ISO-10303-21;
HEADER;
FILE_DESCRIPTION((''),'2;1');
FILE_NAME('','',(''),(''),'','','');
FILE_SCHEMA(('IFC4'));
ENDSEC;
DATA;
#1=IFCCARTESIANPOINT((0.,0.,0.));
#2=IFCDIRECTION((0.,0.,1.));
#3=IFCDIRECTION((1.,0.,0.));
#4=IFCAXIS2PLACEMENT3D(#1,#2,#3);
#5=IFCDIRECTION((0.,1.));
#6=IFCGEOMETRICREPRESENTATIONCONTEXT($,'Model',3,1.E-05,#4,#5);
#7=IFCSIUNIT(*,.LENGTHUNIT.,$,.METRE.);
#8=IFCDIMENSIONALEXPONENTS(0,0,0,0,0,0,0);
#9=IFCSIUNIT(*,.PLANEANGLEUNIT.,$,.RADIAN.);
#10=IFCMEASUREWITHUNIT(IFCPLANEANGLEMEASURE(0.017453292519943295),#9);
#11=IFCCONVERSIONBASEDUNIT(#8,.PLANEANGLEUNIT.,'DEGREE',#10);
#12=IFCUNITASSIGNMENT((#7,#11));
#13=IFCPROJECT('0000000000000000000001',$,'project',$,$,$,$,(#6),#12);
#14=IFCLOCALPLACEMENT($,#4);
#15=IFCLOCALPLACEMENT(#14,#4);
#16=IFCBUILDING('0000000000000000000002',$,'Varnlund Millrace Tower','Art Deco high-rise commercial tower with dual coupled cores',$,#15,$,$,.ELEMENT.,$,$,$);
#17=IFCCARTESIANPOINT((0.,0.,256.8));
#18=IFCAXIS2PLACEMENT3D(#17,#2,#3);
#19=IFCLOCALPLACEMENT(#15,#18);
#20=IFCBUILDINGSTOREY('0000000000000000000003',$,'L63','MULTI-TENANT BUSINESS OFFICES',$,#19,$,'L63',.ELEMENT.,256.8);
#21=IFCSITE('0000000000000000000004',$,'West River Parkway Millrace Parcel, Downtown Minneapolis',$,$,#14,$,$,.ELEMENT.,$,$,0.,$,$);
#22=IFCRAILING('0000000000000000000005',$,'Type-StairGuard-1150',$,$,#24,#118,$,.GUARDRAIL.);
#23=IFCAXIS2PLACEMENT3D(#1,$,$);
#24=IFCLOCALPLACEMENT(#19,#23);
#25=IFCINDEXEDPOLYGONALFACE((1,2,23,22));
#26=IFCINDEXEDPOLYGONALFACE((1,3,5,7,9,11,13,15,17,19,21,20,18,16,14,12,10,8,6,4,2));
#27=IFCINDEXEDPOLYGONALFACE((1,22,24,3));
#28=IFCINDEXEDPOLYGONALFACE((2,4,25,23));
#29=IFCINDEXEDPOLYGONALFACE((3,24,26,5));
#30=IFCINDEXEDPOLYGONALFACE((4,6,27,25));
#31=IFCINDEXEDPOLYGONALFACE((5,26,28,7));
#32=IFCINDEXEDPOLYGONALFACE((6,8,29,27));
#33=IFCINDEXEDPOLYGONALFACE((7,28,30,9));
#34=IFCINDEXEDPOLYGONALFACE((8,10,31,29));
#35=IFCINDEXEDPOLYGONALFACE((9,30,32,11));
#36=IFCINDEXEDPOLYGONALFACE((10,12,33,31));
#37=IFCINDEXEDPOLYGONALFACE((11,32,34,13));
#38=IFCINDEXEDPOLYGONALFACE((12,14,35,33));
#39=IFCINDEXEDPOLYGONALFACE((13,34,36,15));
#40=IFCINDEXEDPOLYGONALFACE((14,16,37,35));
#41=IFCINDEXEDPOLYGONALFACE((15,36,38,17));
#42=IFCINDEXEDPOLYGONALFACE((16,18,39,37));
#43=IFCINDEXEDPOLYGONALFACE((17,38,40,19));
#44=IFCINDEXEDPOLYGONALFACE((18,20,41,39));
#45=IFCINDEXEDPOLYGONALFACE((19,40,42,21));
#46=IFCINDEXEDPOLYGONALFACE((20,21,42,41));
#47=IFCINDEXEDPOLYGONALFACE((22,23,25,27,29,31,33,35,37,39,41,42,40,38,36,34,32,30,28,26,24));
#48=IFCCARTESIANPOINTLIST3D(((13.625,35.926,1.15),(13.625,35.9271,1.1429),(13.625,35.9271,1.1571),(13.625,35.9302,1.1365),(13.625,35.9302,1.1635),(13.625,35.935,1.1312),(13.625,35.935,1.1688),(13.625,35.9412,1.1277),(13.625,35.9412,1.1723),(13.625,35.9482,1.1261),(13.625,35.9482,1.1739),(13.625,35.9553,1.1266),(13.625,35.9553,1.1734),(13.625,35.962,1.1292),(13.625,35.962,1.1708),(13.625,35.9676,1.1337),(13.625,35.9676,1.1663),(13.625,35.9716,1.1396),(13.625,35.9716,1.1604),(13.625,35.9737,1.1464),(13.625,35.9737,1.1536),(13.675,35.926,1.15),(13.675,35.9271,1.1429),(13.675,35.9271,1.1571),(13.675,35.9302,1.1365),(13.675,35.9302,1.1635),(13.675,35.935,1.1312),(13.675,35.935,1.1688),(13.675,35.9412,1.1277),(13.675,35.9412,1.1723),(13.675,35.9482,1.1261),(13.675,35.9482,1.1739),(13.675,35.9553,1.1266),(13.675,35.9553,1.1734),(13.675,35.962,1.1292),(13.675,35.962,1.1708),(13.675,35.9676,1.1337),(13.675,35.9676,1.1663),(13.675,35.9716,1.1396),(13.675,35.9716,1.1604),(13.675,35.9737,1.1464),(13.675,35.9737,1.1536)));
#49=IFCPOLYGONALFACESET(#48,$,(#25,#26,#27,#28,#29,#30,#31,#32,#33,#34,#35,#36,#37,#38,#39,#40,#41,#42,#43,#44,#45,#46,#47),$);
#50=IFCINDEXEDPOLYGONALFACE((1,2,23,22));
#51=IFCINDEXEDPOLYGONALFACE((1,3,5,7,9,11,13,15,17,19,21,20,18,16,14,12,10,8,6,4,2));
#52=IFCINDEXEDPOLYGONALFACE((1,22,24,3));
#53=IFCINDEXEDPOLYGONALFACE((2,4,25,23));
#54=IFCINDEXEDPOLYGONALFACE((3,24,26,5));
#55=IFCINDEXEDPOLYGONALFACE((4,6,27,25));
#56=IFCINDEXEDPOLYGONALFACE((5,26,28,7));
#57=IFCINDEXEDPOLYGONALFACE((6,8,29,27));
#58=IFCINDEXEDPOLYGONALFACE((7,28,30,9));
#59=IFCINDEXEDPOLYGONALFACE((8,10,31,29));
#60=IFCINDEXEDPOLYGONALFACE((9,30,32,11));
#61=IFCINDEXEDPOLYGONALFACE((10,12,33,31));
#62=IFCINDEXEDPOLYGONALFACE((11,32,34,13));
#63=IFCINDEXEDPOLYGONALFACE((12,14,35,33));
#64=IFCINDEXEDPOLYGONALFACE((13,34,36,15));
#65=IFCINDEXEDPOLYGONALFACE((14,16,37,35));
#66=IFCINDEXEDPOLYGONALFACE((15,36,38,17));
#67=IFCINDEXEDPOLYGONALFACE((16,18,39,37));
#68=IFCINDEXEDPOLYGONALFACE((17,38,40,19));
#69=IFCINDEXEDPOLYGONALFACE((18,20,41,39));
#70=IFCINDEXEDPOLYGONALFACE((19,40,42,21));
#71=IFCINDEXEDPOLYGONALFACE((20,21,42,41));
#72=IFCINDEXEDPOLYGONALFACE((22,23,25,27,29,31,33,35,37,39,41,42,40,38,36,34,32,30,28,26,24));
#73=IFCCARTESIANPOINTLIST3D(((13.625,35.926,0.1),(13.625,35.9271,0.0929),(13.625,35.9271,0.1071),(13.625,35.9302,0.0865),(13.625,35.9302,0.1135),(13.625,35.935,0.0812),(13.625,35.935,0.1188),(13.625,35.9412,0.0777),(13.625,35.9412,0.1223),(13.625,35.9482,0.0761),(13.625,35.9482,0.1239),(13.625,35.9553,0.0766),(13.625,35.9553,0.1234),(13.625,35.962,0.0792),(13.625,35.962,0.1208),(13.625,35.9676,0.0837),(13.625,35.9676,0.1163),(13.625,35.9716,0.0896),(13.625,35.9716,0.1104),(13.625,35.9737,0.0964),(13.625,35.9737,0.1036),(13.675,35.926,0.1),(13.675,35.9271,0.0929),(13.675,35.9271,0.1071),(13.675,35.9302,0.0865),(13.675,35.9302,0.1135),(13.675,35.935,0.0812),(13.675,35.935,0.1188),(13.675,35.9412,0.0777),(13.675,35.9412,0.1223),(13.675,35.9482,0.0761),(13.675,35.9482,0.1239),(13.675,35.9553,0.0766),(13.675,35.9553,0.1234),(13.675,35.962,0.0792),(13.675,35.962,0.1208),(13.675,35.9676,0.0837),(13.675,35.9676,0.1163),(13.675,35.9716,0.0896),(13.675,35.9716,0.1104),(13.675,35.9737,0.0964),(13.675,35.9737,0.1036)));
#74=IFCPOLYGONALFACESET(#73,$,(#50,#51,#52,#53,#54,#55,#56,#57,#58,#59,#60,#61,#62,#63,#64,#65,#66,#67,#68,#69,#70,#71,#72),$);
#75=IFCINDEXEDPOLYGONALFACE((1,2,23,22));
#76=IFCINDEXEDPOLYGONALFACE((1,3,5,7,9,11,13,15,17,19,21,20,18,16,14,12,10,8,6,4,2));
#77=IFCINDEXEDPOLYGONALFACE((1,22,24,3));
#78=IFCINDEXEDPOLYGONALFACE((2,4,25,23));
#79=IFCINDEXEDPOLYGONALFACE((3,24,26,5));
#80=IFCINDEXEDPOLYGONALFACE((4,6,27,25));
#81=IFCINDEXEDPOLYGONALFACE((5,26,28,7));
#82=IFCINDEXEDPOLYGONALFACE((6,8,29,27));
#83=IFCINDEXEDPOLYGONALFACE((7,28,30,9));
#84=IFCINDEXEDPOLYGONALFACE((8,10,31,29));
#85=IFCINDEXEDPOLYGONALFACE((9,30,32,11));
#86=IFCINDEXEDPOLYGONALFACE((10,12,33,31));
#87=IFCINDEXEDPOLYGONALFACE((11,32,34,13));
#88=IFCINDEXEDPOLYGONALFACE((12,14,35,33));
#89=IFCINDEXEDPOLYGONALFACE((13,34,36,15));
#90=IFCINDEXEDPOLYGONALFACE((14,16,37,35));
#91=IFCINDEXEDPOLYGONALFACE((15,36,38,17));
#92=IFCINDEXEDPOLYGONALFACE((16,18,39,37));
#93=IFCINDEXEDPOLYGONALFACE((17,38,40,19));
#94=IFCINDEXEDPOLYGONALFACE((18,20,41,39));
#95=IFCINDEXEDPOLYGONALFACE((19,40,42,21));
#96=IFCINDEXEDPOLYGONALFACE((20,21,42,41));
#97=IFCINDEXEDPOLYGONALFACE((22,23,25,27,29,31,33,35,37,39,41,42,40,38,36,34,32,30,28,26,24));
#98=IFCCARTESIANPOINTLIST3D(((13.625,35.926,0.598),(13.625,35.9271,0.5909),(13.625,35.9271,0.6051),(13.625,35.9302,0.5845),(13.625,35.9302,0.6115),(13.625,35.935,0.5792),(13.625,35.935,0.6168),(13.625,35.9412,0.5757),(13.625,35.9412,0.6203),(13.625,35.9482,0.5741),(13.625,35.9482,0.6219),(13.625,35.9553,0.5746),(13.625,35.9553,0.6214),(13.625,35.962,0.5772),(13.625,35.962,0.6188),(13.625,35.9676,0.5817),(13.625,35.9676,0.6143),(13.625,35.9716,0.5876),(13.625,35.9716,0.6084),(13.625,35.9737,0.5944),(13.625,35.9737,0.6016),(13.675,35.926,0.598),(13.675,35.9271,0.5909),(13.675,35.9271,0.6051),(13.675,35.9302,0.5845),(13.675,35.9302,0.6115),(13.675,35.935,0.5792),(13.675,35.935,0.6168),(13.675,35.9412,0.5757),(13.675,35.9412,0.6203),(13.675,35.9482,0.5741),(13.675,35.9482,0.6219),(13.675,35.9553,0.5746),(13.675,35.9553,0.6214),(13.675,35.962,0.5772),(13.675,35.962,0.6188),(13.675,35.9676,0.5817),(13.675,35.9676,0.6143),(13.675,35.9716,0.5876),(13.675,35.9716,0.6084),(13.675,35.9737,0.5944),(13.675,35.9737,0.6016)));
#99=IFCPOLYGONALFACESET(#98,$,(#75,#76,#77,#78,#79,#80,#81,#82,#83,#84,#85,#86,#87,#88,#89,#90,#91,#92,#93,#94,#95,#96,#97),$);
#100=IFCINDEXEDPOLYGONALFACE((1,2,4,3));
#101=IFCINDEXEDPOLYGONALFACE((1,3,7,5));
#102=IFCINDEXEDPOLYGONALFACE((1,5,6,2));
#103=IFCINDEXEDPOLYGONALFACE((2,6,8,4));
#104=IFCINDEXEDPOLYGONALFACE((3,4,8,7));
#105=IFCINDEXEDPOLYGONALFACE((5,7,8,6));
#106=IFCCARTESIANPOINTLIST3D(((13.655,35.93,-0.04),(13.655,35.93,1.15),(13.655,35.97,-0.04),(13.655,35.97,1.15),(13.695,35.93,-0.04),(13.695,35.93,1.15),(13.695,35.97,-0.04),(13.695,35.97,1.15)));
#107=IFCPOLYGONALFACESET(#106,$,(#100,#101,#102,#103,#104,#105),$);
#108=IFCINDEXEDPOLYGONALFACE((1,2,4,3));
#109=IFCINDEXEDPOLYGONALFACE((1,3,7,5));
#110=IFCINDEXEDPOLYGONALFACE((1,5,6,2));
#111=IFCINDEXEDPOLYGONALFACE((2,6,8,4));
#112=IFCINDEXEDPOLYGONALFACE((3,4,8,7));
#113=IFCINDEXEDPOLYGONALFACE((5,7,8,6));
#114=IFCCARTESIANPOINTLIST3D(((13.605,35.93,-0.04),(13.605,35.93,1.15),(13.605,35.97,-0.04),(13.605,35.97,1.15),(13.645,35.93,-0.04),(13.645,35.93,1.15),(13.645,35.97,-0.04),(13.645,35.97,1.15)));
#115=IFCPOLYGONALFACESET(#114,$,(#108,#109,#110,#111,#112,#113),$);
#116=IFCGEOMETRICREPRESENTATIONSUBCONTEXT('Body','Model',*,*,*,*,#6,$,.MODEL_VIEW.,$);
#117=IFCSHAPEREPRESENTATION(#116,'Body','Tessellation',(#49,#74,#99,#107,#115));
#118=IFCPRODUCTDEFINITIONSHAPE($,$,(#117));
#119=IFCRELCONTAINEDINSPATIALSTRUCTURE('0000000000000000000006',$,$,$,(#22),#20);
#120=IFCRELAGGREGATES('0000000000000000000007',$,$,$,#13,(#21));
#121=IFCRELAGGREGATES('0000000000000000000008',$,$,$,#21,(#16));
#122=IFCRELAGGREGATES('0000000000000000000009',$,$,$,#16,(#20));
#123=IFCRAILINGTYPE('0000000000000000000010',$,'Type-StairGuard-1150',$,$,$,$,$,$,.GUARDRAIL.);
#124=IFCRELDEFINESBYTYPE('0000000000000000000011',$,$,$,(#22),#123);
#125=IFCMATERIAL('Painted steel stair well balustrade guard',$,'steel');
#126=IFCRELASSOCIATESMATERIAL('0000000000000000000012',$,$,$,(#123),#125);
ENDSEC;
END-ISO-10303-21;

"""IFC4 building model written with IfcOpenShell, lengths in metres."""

from ifc_helpers import new_model, entity, si_unit, converted_unit, direction, frame, origin_with_axes, origin_2d_with_axis, place, context, subcontext, project, spatial, rectangle, circle, extrude, material, type_object, element, save


model = new_model("IFC4")

# Units and contexts
model_context = context("Model", 3, precision=1e-05, world=origin_with_axes(), true_north=direction((0.0, 1.0)))
body_context = subcontext(model_context, "Body", "Model", "MODEL_VIEW")
ifc_project = project(units=[si_unit("LENGTHUNIT", "METRE"), converted_unit("PLANEANGLEUNIT", "DEGREE", entity("IfcPlaneAngleMeasure", 0.017453292519943295), si_unit("PLANEANGLEUNIT", "RADIAN"), dimensions=[0, 0, 0, 0, 0, 0, 0])], contexts=[model_context])

# Site, building, storey
site_placement = place(None, origin_with_axes())
site = spatial("IfcSite", under=ifc_project, at=site_placement, Name="West River Parkway Millrace Parcel, Downtown Minneapolis", CompositionType="ELEMENT", RefElevation=0.0)
building_placement = place(site_placement, origin_with_axes())
building = spatial("IfcBuilding", under=site, at=building_placement, Name="Varnlund Millrace Tower", Description="Art Deco high-rise commercial tower with dual coupled cores", CompositionType="ELEMENT")
storey_placement = place(building_placement, frame((0.0, 0.0, 256.8), z_axis=(0.0, 0.0, 1.0), x_axis=(1.0, 0.0, 0.0)))
storey = spatial("IfcBuildingStorey", under=building, at=storey_placement, Name="L63", Description="MULTI-TENANT BUSINESS OFFICES", LongName="L63", CompositionType="ELEMENT", Elevation=256.8)

# Railing
ifc_material_1 = material(Name="Painted steel stair well balustrade guard", Category="steel")
railing_type_1 = type_object("IfcRailingType", Name="Type-StairGuard-1150", PredefinedType="GUARDRAIL", material=ifc_material_1)
railing_1_placement = place(storey_placement, frame((0.0, 0.0, -256.8), z_axis=(0.0, 0.0, 1.0), x_axis=(1.0, 0.0, 0.0)))
element("IfcRailing", 1, at=railing_1_placement, inside=storey, type_object=railing_type_1, Name="Type-StairGuard-1150", PredefinedType="GUARDRAIL", context=body_context, shape_type="SweptSolid", body=[
    extrude(circle(Radius=0.024, at=origin_2d_with_axis()), frame((13.675, 35.95, 257.95), z_axis=(-1.0, 0.0, 0.0), x_axis=(0.0, -1.0, 0.0)), (0.0, 0.0, 1.0), 0.05),
    extrude(circle(Radius=0.024, at=origin_2d_with_axis()), frame((13.675, 35.95, 256.9), z_axis=(-1.0, 0.0, 0.0), x_axis=(0.0, -1.0, 0.0)), (0.0, 0.0, 1.0), 0.05),
    extrude(circle(Radius=0.024, at=origin_2d_with_axis()), frame((13.675, 35.95, 257.398), z_axis=(-1.0, 0.0, 0.0), x_axis=(0.0, -1.0, 0.0)), (0.0, 0.0, 1.0), 0.05),
    extrude(rectangle(XDim=0.04, YDim=0.04, at=origin_2d_with_axis()), frame((13.675, 35.95, 256.76), z_axis=(0.0, 0.0, 1.0), x_axis=(1.0, 0.0, 0.0)), (0.0, 0.0, 1.0), 1.19),
    extrude(rectangle(XDim=0.04, YDim=0.04, at=origin_2d_with_axis()), frame((13.625, 35.95, 256.76), z_axis=(0.0, 0.0, 1.0), x_axis=(1.0, 0.0, 0.0)), (0.0, 0.0, 1.0), 1.19),
])

save(model, "model.ifc")
